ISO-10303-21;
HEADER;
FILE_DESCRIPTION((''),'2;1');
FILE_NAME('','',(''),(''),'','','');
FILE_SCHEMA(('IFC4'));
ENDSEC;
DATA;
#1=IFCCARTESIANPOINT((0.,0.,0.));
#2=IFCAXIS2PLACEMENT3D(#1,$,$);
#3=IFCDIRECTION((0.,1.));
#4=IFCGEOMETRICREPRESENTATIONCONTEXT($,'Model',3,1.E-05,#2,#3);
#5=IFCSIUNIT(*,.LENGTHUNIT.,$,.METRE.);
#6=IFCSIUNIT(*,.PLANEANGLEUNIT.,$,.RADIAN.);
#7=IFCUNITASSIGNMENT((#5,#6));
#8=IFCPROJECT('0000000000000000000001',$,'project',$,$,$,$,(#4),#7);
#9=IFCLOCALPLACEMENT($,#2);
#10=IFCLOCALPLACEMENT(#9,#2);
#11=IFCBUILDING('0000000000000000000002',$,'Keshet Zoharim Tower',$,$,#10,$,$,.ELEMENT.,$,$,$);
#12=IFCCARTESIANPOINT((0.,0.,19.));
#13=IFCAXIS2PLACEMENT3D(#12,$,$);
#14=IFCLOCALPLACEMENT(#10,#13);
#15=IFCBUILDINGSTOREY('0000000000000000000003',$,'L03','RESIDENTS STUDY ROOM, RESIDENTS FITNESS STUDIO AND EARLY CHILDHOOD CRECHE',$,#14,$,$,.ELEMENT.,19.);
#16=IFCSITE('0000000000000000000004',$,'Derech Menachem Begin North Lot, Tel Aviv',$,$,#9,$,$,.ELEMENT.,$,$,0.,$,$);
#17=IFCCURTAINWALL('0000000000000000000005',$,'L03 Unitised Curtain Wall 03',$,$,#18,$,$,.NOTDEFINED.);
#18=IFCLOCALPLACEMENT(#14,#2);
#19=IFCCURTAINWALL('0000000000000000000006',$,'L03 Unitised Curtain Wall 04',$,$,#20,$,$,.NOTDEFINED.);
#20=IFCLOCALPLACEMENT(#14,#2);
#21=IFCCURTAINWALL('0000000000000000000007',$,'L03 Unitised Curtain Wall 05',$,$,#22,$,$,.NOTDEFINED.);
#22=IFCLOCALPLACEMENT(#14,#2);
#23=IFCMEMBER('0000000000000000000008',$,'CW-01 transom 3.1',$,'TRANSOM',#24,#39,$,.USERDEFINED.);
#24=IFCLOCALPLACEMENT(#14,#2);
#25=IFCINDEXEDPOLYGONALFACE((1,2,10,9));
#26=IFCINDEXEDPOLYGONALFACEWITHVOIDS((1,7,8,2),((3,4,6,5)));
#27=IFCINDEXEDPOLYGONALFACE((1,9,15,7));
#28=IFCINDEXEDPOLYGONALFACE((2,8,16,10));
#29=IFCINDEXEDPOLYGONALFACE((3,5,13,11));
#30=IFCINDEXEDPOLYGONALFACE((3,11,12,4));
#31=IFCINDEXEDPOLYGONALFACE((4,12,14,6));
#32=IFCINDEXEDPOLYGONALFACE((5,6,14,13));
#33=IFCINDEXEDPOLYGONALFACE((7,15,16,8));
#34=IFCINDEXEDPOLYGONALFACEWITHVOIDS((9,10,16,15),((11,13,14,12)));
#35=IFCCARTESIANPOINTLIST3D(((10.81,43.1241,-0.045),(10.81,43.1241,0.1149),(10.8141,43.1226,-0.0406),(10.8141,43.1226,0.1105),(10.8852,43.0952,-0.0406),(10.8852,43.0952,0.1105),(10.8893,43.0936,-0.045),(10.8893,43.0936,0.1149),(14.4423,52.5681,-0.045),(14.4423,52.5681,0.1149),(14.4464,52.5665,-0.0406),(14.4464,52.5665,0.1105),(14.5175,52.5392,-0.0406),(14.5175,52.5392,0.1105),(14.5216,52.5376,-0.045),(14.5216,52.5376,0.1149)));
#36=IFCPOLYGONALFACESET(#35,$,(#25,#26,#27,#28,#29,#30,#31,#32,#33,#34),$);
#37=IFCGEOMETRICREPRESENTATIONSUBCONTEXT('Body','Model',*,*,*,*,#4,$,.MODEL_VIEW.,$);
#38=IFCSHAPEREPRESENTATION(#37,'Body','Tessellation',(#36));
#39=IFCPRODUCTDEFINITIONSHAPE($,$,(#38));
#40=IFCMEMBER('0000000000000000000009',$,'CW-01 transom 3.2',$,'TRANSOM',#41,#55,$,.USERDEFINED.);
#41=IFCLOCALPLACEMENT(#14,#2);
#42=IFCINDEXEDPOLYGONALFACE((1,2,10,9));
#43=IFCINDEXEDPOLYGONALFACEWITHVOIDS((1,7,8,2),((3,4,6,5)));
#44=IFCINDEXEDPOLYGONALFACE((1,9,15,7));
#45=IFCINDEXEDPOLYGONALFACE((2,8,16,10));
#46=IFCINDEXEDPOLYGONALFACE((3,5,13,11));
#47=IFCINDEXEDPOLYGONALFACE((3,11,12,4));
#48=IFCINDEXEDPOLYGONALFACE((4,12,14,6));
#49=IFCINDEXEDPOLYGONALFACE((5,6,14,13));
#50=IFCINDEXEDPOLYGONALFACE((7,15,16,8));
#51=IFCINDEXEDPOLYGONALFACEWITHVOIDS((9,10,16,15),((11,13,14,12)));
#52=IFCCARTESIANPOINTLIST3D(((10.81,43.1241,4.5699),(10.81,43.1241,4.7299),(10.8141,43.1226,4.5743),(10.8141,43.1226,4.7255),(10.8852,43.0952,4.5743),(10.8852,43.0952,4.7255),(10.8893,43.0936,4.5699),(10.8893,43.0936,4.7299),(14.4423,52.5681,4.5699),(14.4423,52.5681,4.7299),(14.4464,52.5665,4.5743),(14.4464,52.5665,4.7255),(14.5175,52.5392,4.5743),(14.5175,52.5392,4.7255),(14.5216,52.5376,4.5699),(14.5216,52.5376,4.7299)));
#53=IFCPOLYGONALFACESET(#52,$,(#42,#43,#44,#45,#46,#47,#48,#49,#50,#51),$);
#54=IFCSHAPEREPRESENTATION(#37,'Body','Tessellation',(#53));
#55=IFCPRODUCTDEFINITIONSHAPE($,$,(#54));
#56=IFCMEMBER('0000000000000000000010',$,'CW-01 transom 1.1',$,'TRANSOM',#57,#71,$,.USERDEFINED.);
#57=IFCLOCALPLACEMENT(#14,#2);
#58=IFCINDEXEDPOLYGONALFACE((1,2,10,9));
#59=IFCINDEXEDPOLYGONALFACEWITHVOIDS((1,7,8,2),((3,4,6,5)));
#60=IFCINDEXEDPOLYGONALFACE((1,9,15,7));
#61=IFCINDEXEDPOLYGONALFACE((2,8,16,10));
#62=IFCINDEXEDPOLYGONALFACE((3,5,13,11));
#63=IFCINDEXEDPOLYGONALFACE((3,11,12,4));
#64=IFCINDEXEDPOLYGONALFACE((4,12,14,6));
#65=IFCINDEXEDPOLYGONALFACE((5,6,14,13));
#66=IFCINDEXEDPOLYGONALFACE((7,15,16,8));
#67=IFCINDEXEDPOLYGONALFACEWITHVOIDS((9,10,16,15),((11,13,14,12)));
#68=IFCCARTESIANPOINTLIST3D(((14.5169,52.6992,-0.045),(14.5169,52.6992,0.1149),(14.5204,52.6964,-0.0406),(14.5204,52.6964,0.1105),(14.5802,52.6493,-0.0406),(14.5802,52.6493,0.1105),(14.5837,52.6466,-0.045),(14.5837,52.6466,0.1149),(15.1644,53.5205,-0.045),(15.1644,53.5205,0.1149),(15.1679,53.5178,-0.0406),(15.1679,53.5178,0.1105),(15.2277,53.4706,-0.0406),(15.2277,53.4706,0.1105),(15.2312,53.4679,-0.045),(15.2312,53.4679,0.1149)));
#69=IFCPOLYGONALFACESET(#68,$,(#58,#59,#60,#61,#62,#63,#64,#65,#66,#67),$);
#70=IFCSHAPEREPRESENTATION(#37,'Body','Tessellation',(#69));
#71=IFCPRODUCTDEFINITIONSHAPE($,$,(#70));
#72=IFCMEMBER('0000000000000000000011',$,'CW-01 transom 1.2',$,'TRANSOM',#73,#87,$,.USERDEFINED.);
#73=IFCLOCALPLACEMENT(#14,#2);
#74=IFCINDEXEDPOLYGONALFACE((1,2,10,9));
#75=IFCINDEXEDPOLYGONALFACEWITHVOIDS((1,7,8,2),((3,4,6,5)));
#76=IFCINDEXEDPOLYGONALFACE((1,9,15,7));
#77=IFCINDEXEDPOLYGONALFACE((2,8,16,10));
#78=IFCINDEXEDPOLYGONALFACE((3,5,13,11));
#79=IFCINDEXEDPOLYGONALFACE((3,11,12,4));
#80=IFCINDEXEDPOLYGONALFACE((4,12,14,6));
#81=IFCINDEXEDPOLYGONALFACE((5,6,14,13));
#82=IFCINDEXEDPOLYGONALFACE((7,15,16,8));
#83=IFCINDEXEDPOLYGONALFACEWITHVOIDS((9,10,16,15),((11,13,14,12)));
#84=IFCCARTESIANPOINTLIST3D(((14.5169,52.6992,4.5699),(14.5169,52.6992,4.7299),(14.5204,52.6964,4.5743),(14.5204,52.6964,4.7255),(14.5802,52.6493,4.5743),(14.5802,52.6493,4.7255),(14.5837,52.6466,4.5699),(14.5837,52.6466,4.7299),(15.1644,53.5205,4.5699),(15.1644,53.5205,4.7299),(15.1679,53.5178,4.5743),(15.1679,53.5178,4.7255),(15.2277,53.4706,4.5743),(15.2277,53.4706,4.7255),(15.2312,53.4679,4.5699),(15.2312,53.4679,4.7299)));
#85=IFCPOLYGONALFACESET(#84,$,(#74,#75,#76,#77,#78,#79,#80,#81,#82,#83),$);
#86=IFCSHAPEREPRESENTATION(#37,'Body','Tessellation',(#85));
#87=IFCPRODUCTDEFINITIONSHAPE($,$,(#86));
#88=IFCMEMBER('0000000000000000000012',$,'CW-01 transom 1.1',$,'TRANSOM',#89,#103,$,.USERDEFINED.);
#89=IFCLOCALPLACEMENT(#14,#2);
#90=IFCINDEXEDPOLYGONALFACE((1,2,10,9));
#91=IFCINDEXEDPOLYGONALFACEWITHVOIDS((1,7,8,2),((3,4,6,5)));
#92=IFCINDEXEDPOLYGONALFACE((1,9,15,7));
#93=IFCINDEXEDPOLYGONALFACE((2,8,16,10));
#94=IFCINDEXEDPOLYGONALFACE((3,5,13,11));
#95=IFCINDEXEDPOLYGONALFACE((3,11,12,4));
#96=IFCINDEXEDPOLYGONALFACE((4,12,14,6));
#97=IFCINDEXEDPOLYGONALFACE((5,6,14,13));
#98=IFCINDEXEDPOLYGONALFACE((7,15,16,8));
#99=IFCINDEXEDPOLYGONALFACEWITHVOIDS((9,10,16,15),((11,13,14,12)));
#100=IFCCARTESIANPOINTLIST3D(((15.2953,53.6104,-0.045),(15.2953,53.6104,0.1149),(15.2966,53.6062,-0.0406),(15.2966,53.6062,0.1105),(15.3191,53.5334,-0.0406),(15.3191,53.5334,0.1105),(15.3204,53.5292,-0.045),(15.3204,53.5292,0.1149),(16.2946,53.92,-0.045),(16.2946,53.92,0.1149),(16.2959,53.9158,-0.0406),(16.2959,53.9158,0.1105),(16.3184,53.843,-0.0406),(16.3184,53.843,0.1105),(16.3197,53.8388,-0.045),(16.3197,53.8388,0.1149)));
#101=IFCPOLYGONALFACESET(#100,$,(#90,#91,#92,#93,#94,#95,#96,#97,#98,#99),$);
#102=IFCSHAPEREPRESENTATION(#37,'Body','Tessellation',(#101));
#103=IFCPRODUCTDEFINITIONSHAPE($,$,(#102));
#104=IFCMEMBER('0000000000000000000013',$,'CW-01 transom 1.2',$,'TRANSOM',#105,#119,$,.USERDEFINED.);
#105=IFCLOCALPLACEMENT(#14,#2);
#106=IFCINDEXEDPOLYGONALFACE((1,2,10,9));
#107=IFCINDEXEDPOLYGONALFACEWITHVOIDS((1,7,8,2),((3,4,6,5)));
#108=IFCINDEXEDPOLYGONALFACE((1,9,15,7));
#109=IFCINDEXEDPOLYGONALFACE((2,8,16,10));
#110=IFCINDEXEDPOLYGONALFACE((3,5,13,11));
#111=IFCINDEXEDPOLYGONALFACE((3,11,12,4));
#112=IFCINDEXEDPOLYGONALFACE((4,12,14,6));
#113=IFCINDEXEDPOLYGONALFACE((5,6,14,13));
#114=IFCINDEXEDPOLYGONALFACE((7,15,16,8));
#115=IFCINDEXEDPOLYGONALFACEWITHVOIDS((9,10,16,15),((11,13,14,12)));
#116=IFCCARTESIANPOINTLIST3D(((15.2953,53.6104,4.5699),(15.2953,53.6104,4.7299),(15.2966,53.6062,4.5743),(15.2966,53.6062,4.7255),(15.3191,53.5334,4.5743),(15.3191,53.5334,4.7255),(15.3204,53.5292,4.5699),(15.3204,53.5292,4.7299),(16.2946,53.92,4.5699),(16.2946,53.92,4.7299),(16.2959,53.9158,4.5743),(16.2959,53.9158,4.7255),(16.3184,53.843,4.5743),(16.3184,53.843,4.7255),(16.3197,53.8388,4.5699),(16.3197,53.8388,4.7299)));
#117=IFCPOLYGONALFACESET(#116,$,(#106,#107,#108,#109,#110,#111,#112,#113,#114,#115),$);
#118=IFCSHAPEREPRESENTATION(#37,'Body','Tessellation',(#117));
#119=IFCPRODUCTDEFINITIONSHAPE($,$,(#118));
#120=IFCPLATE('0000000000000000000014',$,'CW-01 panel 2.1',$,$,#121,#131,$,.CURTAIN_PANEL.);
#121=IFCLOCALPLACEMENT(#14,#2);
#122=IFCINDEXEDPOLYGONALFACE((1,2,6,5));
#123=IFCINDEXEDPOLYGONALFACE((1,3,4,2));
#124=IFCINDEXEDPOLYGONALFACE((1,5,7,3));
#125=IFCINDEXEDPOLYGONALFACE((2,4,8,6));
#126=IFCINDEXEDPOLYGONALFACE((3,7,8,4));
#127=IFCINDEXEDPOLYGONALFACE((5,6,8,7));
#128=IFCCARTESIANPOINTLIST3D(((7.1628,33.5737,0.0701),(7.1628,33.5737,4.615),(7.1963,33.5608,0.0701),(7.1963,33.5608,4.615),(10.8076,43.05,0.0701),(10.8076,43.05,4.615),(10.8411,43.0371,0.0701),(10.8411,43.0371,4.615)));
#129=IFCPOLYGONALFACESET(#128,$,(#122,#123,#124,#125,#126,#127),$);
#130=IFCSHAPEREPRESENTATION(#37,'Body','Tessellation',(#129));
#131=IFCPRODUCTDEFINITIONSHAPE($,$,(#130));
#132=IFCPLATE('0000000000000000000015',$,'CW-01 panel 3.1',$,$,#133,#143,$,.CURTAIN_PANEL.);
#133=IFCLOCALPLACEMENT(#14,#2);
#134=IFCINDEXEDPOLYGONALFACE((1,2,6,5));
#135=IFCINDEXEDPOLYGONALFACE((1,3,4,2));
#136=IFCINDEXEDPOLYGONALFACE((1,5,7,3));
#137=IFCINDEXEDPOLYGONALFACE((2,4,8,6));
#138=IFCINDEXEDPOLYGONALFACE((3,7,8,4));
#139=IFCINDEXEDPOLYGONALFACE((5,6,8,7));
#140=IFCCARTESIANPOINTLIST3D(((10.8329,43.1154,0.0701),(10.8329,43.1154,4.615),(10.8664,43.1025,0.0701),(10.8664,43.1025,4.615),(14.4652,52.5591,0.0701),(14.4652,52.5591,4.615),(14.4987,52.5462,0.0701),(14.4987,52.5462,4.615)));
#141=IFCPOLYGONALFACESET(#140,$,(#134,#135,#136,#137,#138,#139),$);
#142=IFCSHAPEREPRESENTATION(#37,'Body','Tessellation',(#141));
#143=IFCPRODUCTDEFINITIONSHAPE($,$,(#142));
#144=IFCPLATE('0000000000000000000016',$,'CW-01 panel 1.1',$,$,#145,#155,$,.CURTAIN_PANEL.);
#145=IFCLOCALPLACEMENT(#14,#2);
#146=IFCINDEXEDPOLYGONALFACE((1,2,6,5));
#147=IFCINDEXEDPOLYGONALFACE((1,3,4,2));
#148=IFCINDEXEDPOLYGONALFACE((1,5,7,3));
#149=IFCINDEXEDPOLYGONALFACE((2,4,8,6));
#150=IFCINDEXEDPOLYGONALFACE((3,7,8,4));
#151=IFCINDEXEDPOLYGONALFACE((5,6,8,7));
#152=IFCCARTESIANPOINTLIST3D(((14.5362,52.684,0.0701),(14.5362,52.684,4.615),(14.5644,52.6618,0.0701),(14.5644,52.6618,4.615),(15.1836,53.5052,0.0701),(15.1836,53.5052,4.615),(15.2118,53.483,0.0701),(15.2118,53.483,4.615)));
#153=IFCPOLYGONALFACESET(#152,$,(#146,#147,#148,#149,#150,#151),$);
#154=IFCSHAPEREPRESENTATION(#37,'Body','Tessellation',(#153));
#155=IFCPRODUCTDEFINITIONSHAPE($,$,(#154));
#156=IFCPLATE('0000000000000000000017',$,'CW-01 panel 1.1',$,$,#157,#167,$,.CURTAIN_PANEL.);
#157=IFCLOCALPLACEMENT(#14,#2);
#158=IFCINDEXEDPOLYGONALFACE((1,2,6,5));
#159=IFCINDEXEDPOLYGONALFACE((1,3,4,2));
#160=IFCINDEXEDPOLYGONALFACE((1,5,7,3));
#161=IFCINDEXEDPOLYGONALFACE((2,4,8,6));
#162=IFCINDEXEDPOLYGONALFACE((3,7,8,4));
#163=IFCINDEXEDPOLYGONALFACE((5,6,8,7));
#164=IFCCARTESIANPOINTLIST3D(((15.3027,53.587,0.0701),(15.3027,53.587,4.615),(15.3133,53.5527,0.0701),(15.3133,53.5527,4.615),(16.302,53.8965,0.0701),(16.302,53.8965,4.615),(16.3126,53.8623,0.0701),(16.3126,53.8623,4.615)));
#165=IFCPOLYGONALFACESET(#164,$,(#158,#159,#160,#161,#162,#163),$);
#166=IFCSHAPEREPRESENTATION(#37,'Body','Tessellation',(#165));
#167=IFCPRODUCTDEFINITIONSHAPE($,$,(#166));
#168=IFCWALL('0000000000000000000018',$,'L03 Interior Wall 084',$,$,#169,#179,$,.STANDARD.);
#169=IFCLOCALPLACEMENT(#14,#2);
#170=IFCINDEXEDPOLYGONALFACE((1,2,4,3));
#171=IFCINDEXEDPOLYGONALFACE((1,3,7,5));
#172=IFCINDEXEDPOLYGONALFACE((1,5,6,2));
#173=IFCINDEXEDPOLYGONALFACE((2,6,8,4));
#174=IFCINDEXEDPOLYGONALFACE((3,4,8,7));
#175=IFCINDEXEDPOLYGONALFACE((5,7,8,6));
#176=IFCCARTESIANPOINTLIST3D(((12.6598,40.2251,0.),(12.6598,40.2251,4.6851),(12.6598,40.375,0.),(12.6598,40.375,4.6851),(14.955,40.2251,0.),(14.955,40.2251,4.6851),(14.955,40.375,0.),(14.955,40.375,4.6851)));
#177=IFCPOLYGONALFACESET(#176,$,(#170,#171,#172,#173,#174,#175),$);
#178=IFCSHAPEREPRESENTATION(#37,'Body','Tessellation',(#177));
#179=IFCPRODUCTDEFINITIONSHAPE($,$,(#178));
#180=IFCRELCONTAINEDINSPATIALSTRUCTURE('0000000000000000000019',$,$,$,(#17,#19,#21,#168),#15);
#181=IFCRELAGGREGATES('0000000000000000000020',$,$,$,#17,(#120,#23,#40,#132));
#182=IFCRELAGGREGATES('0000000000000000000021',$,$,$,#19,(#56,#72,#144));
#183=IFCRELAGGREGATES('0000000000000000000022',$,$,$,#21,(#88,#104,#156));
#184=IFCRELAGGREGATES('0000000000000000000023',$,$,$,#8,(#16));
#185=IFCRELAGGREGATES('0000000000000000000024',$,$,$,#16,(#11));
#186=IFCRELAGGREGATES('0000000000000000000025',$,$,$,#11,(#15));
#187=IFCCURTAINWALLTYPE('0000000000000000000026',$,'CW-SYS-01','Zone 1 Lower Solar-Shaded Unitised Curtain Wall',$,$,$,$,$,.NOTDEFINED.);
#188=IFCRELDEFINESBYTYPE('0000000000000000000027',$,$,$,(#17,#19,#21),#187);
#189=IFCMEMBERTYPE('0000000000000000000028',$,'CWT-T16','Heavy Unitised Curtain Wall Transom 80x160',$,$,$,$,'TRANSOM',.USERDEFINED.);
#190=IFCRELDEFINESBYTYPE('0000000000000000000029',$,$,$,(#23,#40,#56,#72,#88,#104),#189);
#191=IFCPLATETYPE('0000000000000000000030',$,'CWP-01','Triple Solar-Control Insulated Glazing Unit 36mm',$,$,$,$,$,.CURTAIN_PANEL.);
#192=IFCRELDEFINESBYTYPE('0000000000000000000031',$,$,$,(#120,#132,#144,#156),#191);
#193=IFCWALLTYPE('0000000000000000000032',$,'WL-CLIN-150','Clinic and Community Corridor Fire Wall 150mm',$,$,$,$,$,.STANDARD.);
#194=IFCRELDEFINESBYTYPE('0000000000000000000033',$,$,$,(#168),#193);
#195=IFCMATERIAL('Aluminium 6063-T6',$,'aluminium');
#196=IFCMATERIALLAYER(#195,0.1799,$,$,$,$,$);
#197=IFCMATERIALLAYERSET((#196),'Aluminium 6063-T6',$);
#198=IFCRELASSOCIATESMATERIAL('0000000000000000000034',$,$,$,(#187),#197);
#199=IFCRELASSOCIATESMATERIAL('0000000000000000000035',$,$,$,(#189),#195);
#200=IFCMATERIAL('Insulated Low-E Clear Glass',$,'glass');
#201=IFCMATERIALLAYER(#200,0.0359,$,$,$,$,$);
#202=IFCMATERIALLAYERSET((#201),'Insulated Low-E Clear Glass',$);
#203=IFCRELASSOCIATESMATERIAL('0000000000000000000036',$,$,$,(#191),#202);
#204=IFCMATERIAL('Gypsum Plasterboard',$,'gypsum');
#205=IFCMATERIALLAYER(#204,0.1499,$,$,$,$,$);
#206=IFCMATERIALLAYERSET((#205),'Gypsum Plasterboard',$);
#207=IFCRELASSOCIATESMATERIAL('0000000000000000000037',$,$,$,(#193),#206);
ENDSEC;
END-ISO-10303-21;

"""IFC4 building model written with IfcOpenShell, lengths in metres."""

from ifc_helpers import new_model, si_unit, direction, frame, frame_2d, origin, origin_2d, place, context, subcontext, project, spatial, rectangle, hollow_rectangle, extrude, material, layer, layer_set, material_profile, profile_set, type_object, element, aggregate, save


model = new_model("IFC4")

# Units and contexts
model_context = context("Model", 3, precision=1e-05, world=origin(), true_north=direction((0.0, 1.0)))
body_context = subcontext(model_context, "Body", "Model", "MODEL_VIEW")
ifc_project = project(units=[si_unit("LENGTHUNIT", "METRE"), si_unit("PLANEANGLEUNIT", "RADIAN")], contexts=[model_context])

# Site, building, storey
site_placement = place(None, origin())
site = spatial("IfcSite", under=ifc_project, at=site_placement, Name="Derech Menachem Begin North Lot, Tel Aviv", CompositionType="ELEMENT", RefElevation=0.0)
building_placement = place(site_placement, origin())
building = spatial("IfcBuilding", under=site, at=building_placement, Name="Keshet Zoharim Tower", CompositionType="ELEMENT")
storey_placement = place(building_placement, frame((0.0, 0.0, 19.0)))
storey = spatial("IfcBuildingStorey", under=building, at=storey_placement, Name="L03", Description="RESIDENTS STUDY ROOM, RESIDENTS FITNESS STUDIO AND EARLY CHILDHOOD CRECHE", CompositionType="ELEMENT", Elevation=19.0)

# Curtain walls
ifc_material_1 = material(Name="Aluminium 6063-T6", Category="aluminium")
ifc_layer_1 = layer(ifc_material_1, 0.1799)
ifc_layer_set_1 = layer_set([ifc_layer_1], Name="Aluminium 6063-T6")
curtain_wall_type = type_object("IfcCurtainWallType", Name="CW-SYS-01", Description="Zone 1 Lower Solar-Shaded Unitised Curtain Wall", PredefinedType="NOTDEFINED", material=ifc_layer_set_1)
curtain_wall_1_placement = place(storey_placement, origin())
curtain_wall_1 = element("IfcCurtainWall", 1, at=curtain_wall_1_placement, inside=storey, type_object=curtain_wall_type, Name="L03 Unitised Curtain Wall 03", PredefinedType="NOTDEFINED")
curtain_wall_2_placement = place(storey_placement, origin())
curtain_wall_2 = element("IfcCurtainWall", 2, at=curtain_wall_2_placement, inside=storey, type_object=curtain_wall_type, Name="L03 Unitised Curtain Wall 04", PredefinedType="NOTDEFINED")

# Curtain wall
curtain_wall_3_placement = place(storey_placement, origin())
curtain_wall_3 = element("IfcCurtainWall", 3, at=curtain_wall_3_placement, inside=storey, type_object=curtain_wall_type, Name="L03 Unitised Curtain Wall 05", PredefinedType="NOTDEFINED")

# Members
ifc_material_profile_1 = material_profile(ifc_material_1, hollow_rectangle(XDim=0.085, YDim=0.1599, WallThickness=0.0044, at=origin_2d()), Name="TRN-85x160")
ifc_profile_set_1 = profile_set([ifc_material_profile_1], Name="Aluminium 6063-T6")
member_type_1 = type_object("IfcMemberType", Name="CWT-T16", Description="Heavy Unitised Curtain Wall Transom 80x160", ElementType="TRANSOM", PredefinedType="USERDEFINED", material=ifc_profile_set_1)
member_1_placement = place(storey_placement, frame((10.8496, 43.1089, 0.0349), z_axis=(0.358986, 0.933343, 0.0), x_axis=(-0.933343, 0.358986, 0.0)))
member_1 = element("IfcMember", 4, at=member_1_placement, type_object=member_type_1, Name="CW-01 transom 3.1", ObjectType="TRANSOM", PredefinedType="USERDEFINED", context=body_context, shape_type="SweptSolid", body=[
    extrude(hollow_rectangle(XDim=0.085, YDim=0.1599, WallThickness=0.0044, at=origin_2d()), origin(), (0.0, 0.0, 1.0), 10.1184),
])
member_2_placement = place(storey_placement, frame((10.8496, 43.1089, 4.6499), z_axis=(0.358986, 0.933343, 0.0), x_axis=(-0.933343, 0.358986, 0.0)))
member_2 = element("IfcMember", 5, at=member_2_placement, type_object=member_type_1, Name="CW-01 transom 3.2", ObjectType="TRANSOM", PredefinedType="USERDEFINED", context=body_context, shape_type="SweptSolid", body=[
    extrude(hollow_rectangle(XDim=0.085, YDim=0.1599, WallThickness=0.0044, at=origin_2d()), origin(), (0.0, 0.0, 1.0), 10.1184),
])
member_3_placement = place(storey_placement, frame((14.5503, 52.6729, 0.0349), z_axis=(0.619099, 0.785313, 0.0), x_axis=(-0.785313, 0.619099, 0.0)))
member_3 = element("IfcMember", 6, at=member_3_placement, type_object=member_type_1, Name="CW-01 transom 1.1", ObjectType="TRANSOM", PredefinedType="USERDEFINED", context=body_context, shape_type="SweptSolid", body=[
    extrude(hollow_rectangle(XDim=0.085, YDim=0.1599, WallThickness=0.0044, at=origin_2d()), origin(), (0.0, 0.0, 1.0), 1.0459),
])
member_4_placement = place(storey_placement, frame((14.5503, 52.6729, 4.6499), z_axis=(0.619099, 0.785313, 0.0), x_axis=(-0.785313, 0.619099, 0.0)))
member_4 = element("IfcMember", 7, at=member_4_placement, type_object=member_type_1, Name="CW-01 transom 1.2", ObjectType="TRANSOM", PredefinedType="USERDEFINED", context=body_context, shape_type="SweptSolid", body=[
    extrude(hollow_rectangle(XDim=0.085, YDim=0.1599, WallThickness=0.0044, at=origin_2d()), origin(), (0.0, 0.0, 1.0), 1.0459),
])
member_5_placement = place(storey_placement, frame((15.3079, 53.5698, 0.0349), z_axis=(0.955212, 0.295922, 0.0), x_axis=(-0.295922, 0.955212, 0.0)))
member_5 = element("IfcMember", 8, at=member_5_placement, type_object=member_type_1, Name="CW-01 transom 1.1", ObjectType="TRANSOM", PredefinedType="USERDEFINED", context=body_context, shape_type="SweptSolid", body=[
    extrude(hollow_rectangle(XDim=0.085, YDim=0.1599, WallThickness=0.0044, at=origin_2d()), origin(), (0.0, 0.0, 1.0), 1.0461),
])
member_6_placement = place(storey_placement, frame((15.3079, 53.5698, 4.6499), z_axis=(0.955212, 0.295922, 0.0), x_axis=(-0.295922, 0.955212, 0.0)))
member_6 = element("IfcMember", 9, at=member_6_placement, type_object=member_type_1, Name="CW-01 transom 1.2", ObjectType="TRANSOM", PredefinedType="USERDEFINED", context=body_context, shape_type="SweptSolid", body=[
    extrude(hollow_rectangle(XDim=0.085, YDim=0.1599, WallThickness=0.0044, at=origin_2d()), origin(), (0.0, 0.0, 1.0), 1.0461),
])

# Plates
ifc_material_2 = material(Name="Insulated Low-E Clear Glass", Category="glass")
ifc_layer_2 = layer(ifc_material_2, 0.0359)
ifc_layer_set_2 = layer_set([ifc_layer_2], Name="Insulated Low-E Clear Glass")
plate_type = type_object("IfcPlateType", Name="CWP-01", Description="Triple Solar-Control Insulated Glazing Unit 36mm", PredefinedType="CURTAIN_PANEL", material=ifc_layer_set_2)
plate_1_placement = place(storey_placement, frame((9.002, 38.3054, 0.0701), z_axis=(0.0, 0.0, 1.0), x_axis=(0.35899, 0.933341, 0.0)))
plate_1 = element("IfcPlate", 10, at=plate_1_placement, type_object=plate_type, Name="CW-01 panel 2.1", PredefinedType="CURTAIN_PANEL", context=body_context, shape_type="SweptSolid", body=[
    extrude(rectangle(XDim=10.1531, YDim=0.0359, at=origin_2d()), origin(), (0.0, 0.0, 1.0), 4.5449),
])
plate_2_placement = place(storey_placement, frame((12.6658, 47.8308, 0.0701), z_axis=(0.0, 0.0, 1.0), x_axis=(0.35899, 0.933341, 0.0)))
plate_2 = element("IfcPlate", 11, at=plate_2_placement, type_object=plate_type, Name="CW-01 panel 3.1", PredefinedType="CURTAIN_PANEL", context=body_context, shape_type="SweptSolid", body=[
    extrude(rectangle(XDim=10.1182, YDim=0.0359, at=origin_2d()), origin(), (0.0, 0.0, 1.0), 4.5449),
])
aggregate(curtain_wall_1, [plate_1, member_1, member_2, plate_2])
plate_3_placement = place(storey_placement, frame((14.874, 53.0835, 0.0701), z_axis=(0.0, 0.0, 1.0), x_axis=(0.619125, 0.785293, 0.0)))
plate_3 = element("IfcPlate", 12, at=plate_3_placement, type_object=plate_type, Name="CW-01 panel 1.1", PredefinedType="CURTAIN_PANEL", context=body_context, shape_type="SweptSolid", body=[
    extrude(rectangle(XDim=1.0457, YDim=0.0359, at=origin_2d()), origin(), (0.0, 0.0, 1.0), 4.5449),
])
aggregate(curtain_wall_2, [member_3, member_4, plate_3])
plate_4_placement = place(storey_placement, frame((15.8076, 53.7246, 0.0701), z_axis=(0.0, 0.0, 1.0), x_axis=(0.955212, 0.295922, 0.0)))
plate_4 = element("IfcPlate", 13, at=plate_4_placement, type_object=plate_type, Name="CW-01 panel 1.1", PredefinedType="CURTAIN_PANEL", context=body_context, shape_type="SweptSolid", body=[
    extrude(rectangle(XDim=1.0461, YDim=0.0359, at=origin_2d()), origin(), (0.0, 0.0, 1.0), 4.5449),
])
aggregate(curtain_wall_3, [member_5, member_6, plate_4])

# Shared definitions
ifc_material_3 = material(Name="Gypsum Plasterboard", Category="gypsum")
ifc_layer_3 = layer(ifc_material_3, 0.1499)
ifc_layer_set_3 = layer_set([ifc_layer_3], Name="Gypsum Plasterboard")
wall_type_1 = type_object("IfcWallType", Name="WL-CLIN-150", Description="Clinic and Community Corridor Fire Wall 150mm", PredefinedType="STANDARD", material=ifc_layer_set_3)

# Wall
wall_1_placement = place(storey_placement, frame((12.6599, 40.3, 0.0), z_axis=(0.0, 0.0, 1.0), x_axis=(1.0, 0.0, 0.0)))
element("IfcWall", 14, at=wall_1_placement, inside=storey, type_object=wall_type_1, Name="L03 Interior Wall 084", PredefinedType="STANDARD", context=body_context, shape_type="SweptSolid", body=[
    extrude(rectangle(XDim=2.2952, YDim=0.1499, at=frame_2d((1.1475, 0.0))), origin(), (0.0, 0.0, 1.0), 4.6851),
])

save(model, "model.ifc")
